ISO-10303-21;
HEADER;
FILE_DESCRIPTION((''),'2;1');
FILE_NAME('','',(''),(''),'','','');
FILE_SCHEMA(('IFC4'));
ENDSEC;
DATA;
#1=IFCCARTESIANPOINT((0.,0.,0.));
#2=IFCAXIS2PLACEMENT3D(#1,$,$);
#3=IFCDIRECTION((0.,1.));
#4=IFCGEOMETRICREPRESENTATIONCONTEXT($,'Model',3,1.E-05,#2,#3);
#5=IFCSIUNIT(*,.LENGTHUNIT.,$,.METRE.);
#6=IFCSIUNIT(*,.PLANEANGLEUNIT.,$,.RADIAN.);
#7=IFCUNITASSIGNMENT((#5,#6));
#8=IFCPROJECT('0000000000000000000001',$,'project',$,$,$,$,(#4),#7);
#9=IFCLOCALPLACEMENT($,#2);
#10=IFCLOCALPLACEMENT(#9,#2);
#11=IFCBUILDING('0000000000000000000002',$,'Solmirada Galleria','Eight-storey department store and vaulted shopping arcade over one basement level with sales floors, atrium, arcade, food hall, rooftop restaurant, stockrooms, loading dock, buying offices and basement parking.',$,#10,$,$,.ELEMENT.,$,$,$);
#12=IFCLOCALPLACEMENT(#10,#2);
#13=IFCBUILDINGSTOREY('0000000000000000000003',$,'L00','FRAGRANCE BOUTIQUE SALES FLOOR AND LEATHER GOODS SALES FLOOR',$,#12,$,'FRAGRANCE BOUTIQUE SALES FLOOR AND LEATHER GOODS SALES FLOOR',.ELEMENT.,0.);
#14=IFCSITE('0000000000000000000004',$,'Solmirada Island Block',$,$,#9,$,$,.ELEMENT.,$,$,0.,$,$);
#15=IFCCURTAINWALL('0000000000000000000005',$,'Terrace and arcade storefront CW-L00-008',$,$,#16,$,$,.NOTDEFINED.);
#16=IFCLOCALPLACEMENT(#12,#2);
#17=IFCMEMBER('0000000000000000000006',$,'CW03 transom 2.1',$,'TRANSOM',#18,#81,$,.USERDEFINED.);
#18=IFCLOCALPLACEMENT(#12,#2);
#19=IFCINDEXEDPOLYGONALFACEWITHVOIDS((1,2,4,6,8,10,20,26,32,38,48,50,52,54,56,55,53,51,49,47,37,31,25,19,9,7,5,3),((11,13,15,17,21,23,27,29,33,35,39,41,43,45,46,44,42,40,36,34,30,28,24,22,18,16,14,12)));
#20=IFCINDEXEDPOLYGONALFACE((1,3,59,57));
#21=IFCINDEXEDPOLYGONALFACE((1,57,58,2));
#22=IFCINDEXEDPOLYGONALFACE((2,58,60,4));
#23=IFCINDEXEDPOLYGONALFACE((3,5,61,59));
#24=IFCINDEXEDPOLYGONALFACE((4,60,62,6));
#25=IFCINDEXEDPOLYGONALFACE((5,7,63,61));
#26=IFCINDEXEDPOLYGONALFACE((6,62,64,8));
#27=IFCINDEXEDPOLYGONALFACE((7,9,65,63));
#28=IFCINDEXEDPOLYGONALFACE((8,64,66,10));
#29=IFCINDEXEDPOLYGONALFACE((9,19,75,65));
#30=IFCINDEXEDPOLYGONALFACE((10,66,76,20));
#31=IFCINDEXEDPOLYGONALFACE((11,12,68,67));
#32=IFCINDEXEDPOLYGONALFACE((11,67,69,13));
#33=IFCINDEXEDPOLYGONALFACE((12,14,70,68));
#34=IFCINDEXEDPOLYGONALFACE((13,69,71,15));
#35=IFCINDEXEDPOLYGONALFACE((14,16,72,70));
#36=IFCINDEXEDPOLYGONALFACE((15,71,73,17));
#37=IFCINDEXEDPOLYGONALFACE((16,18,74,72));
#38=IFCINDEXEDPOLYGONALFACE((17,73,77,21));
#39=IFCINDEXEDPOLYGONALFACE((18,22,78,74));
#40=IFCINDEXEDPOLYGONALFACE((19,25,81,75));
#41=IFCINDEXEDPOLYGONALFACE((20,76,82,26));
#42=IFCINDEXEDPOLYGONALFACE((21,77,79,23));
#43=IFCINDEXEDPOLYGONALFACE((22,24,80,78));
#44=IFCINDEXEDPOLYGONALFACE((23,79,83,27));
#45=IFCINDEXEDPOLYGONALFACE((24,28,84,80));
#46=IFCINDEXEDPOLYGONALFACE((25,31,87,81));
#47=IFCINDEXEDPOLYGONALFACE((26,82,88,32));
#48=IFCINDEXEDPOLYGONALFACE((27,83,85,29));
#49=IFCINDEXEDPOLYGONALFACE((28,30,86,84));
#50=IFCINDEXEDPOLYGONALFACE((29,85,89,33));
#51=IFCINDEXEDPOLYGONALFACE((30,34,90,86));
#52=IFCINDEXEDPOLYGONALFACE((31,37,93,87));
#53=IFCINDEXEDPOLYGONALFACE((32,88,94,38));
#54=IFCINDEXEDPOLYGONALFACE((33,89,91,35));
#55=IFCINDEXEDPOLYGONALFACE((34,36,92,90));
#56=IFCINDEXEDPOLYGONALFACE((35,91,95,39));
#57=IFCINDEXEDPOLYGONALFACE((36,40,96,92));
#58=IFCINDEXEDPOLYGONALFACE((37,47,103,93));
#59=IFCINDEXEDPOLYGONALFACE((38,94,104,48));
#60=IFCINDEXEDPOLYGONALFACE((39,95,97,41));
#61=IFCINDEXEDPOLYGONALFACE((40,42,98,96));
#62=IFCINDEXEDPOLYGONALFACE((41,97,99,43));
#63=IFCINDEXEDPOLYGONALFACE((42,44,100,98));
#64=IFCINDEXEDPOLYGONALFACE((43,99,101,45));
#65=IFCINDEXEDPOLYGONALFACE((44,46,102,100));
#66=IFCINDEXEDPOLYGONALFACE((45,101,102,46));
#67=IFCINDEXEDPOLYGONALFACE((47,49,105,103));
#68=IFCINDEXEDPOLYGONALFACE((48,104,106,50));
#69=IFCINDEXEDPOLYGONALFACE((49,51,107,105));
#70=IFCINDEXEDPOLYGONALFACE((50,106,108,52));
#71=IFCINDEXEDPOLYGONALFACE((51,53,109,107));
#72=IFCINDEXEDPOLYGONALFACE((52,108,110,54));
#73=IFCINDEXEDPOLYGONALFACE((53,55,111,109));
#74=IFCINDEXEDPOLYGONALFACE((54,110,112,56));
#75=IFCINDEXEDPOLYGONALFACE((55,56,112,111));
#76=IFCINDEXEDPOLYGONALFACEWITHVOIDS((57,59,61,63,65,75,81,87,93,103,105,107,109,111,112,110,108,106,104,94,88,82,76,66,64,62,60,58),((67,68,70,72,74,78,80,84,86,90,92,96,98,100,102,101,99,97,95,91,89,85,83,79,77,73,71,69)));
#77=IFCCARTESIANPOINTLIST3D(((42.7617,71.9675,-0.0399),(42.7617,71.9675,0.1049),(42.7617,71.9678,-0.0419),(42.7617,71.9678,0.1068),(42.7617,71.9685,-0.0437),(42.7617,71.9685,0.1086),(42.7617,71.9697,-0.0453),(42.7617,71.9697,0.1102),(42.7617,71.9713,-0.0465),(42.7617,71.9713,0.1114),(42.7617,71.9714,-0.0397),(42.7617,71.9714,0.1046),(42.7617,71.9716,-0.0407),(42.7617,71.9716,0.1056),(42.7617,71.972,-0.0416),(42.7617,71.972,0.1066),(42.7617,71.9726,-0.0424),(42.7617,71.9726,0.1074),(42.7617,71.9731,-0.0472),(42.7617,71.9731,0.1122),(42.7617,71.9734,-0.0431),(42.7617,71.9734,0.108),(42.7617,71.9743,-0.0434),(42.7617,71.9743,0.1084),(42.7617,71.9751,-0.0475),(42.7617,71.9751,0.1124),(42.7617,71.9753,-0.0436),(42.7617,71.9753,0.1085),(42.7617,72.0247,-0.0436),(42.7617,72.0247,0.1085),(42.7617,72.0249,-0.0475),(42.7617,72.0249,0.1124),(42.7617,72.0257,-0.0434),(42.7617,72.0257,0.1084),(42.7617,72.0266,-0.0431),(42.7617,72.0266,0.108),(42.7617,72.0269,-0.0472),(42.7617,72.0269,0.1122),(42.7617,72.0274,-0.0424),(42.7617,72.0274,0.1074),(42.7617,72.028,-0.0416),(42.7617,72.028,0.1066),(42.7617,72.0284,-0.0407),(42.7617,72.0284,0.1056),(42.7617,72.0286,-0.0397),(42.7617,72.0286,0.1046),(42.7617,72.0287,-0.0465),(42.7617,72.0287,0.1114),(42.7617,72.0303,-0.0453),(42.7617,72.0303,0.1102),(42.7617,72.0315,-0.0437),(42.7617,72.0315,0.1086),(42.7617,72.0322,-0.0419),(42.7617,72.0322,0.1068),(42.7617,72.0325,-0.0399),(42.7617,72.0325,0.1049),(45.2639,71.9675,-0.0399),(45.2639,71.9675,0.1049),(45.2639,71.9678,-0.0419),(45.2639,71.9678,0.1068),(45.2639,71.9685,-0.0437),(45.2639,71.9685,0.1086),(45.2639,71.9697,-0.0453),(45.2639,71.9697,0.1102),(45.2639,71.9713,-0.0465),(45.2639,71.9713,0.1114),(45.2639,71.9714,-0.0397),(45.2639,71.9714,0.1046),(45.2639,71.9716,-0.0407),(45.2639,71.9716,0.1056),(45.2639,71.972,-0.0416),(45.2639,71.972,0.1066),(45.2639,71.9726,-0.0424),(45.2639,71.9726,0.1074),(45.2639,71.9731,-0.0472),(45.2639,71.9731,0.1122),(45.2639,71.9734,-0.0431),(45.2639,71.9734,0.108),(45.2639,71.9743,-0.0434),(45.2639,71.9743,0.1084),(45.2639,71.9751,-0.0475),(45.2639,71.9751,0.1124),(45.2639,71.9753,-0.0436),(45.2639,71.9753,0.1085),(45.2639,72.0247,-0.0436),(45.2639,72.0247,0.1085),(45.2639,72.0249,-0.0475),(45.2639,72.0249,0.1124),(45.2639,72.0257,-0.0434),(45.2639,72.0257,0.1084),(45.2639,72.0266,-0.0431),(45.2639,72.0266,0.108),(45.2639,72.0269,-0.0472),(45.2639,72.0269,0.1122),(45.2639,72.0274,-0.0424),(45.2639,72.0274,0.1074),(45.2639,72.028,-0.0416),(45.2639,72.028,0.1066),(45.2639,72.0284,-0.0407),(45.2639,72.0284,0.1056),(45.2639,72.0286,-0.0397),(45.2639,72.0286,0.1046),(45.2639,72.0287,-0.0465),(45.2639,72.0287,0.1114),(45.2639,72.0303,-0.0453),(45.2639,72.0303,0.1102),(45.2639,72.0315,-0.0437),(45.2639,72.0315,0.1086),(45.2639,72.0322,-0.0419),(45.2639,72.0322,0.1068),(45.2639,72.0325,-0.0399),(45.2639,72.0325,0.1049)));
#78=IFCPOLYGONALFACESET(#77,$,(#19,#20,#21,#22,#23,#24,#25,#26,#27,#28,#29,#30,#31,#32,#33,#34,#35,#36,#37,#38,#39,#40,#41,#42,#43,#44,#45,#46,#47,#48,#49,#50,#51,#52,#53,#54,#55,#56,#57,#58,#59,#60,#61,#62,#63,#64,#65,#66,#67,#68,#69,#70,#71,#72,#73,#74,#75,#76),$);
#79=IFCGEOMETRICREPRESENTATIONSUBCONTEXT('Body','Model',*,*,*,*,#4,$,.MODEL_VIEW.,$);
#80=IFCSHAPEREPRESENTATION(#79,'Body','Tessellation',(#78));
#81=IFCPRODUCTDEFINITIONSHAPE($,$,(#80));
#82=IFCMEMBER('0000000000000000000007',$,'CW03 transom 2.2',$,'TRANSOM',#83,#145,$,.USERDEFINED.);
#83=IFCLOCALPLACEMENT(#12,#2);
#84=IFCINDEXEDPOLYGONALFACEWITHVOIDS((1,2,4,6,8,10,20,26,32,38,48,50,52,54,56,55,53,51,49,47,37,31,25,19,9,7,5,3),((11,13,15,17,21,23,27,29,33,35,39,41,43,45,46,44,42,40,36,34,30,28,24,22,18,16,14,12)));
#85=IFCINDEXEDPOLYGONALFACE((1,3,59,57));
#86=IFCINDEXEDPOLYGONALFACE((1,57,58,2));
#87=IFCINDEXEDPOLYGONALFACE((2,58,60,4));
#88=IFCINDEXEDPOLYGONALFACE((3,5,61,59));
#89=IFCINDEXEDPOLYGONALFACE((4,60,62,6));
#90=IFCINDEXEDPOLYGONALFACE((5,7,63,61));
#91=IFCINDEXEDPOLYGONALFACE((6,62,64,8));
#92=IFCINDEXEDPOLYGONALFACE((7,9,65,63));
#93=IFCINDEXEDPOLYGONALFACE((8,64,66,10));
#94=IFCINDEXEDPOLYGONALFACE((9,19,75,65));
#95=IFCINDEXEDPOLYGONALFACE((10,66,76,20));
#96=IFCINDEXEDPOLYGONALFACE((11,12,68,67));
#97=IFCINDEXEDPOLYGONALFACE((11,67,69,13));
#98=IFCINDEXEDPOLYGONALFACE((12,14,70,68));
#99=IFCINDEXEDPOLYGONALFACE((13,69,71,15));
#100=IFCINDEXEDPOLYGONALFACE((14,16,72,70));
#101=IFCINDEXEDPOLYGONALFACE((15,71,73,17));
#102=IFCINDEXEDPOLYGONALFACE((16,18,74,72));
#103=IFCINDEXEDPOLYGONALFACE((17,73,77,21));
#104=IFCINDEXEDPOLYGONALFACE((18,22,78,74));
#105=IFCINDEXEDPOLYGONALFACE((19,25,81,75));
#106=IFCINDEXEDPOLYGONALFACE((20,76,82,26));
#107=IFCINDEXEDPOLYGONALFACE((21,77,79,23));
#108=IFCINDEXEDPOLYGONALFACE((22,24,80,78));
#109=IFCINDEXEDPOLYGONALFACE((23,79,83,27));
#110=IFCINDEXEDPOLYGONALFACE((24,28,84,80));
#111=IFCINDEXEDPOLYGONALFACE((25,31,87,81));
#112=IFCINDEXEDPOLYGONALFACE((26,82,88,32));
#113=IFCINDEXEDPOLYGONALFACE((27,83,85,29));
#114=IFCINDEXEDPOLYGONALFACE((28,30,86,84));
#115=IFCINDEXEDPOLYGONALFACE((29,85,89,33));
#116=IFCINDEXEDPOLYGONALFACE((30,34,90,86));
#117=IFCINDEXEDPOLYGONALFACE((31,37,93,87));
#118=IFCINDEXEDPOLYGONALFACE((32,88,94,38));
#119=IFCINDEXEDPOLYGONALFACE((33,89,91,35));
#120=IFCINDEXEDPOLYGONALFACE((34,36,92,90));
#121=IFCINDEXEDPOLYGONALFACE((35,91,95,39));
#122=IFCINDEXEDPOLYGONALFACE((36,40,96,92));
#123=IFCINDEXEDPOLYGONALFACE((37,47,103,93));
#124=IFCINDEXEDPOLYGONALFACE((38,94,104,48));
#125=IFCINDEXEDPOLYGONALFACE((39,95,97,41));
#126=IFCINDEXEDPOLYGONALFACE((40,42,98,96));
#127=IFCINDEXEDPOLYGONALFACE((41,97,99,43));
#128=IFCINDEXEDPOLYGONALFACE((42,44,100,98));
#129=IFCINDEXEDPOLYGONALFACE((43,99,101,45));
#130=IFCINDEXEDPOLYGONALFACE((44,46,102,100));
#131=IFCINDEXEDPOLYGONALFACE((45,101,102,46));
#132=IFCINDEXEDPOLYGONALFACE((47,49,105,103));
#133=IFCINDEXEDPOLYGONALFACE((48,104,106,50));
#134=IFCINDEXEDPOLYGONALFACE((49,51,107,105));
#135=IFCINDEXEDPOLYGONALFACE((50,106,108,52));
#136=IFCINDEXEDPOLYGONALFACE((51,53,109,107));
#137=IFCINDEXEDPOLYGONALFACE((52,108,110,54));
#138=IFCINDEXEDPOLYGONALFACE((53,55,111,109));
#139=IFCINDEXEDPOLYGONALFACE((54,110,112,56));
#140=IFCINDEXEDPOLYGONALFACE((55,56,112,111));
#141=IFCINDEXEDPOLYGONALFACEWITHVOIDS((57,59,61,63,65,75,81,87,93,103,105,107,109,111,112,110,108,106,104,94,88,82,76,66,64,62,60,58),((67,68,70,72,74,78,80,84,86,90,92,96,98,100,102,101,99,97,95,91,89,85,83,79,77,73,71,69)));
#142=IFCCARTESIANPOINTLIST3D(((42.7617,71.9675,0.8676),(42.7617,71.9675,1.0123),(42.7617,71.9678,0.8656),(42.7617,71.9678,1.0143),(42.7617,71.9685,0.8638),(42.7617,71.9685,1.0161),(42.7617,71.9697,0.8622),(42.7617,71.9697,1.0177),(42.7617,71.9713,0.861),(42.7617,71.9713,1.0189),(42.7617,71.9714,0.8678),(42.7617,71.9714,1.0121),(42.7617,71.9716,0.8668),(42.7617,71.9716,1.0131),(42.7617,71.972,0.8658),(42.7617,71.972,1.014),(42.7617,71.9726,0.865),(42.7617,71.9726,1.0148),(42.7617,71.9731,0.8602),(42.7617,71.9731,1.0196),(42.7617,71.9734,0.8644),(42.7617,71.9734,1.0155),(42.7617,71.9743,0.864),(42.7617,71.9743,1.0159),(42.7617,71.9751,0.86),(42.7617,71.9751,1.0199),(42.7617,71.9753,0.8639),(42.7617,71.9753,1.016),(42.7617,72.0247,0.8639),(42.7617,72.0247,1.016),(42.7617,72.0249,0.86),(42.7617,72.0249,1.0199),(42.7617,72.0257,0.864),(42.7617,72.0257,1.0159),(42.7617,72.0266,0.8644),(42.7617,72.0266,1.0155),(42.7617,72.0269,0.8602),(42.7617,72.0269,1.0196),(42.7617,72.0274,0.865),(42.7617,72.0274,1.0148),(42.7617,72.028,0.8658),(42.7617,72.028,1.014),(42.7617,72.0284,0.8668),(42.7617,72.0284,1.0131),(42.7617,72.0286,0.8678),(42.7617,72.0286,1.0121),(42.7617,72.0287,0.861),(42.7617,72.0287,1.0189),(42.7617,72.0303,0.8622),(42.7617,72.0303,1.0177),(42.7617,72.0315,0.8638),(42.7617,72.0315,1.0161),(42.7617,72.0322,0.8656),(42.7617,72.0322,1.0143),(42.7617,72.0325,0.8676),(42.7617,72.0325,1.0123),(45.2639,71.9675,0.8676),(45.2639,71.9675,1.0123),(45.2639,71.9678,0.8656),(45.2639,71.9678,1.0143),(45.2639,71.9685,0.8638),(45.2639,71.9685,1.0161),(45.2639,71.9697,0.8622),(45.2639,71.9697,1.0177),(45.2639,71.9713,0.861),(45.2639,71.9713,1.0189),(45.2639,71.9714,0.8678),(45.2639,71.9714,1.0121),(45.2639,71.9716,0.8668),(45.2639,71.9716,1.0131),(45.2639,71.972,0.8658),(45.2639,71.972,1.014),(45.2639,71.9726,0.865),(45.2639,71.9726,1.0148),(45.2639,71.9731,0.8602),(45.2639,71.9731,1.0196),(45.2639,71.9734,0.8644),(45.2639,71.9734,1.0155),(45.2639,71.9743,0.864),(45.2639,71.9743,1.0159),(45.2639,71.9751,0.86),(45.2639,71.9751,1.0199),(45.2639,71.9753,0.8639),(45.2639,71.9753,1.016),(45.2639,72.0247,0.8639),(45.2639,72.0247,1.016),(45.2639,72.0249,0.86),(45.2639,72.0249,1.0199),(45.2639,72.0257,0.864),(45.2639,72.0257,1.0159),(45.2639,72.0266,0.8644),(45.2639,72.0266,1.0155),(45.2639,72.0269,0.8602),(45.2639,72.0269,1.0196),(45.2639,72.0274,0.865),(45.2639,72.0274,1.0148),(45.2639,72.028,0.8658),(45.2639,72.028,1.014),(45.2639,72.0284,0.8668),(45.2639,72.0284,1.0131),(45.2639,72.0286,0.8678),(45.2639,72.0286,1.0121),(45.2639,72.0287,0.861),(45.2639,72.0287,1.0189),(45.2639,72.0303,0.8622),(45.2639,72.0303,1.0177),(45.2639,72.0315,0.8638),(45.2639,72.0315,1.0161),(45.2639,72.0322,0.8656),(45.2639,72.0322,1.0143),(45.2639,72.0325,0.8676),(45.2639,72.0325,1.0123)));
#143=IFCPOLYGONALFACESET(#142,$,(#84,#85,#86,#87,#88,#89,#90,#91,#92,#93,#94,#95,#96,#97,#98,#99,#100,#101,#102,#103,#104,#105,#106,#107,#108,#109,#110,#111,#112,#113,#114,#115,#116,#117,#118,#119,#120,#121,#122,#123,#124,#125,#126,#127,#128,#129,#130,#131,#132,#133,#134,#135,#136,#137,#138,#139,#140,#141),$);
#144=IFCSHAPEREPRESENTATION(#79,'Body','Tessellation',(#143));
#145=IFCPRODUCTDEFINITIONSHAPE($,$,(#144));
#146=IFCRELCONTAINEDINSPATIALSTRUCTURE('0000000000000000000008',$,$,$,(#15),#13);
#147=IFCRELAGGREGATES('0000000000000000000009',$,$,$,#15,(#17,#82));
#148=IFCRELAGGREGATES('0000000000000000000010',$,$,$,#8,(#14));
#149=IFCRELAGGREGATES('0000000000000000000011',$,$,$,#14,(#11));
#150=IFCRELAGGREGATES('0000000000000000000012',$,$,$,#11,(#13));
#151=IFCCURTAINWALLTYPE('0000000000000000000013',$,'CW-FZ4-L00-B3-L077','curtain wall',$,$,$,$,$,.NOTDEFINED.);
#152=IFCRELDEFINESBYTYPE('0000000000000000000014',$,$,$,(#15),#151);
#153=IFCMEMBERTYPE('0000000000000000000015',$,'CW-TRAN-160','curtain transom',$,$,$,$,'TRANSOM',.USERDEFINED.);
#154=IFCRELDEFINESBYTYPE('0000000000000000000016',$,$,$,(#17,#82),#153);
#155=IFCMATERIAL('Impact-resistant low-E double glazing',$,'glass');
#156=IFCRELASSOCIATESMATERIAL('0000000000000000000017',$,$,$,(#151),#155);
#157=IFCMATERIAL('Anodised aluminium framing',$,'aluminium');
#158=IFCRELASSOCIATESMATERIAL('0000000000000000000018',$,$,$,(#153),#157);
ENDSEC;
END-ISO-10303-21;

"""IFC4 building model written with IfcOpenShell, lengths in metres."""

from ifc_helpers import new_model, si_unit, direction, frame, origin, origin_2d, place, context, subcontext, project, spatial, hollow_rectangle, extrude, material, material_profile, profile_set, type_object, element, aggregate, save


model = new_model("IFC4")

# Units and contexts
model_context = context("Model", 3, precision=1e-05, world=origin(), true_north=direction((0.0, 1.0)))
body_context = subcontext(model_context, "Body", "Model", "MODEL_VIEW")
ifc_project = project(units=[si_unit("LENGTHUNIT", "METRE"), si_unit("PLANEANGLEUNIT", "RADIAN")], contexts=[model_context])

# Site, building, storey
site_placement = place(None, origin())
site = spatial("IfcSite", under=ifc_project, at=site_placement, Name="Solmirada Island Block", CompositionType="ELEMENT", RefElevation=0.0)
building_placement = place(site_placement, origin())
building = spatial("IfcBuilding", under=site, at=building_placement, Name="Solmirada Galleria", Description="Eight-storey department store and vaulted shopping arcade over one basement level with sales floors, atrium, arcade, food hall, rooftop restaurant, stockrooms, loading dock, buying offices and basement parking.", CompositionType="ELEMENT")
storey_placement = place(building_placement, origin())
storey = spatial("IfcBuildingStorey", under=building, at=storey_placement, Name="L00", Description="FRAGRANCE BOUTIQUE SALES FLOOR AND LEATHER GOODS SALES FLOOR", LongName="FRAGRANCE BOUTIQUE SALES FLOOR AND LEATHER GOODS SALES FLOOR", CompositionType="ELEMENT", Elevation=0.0)

# Shared definitions
ifc_material_1 = material(Name="Impact-resistant low-E double glazing", Category="glass")
curtain_wall_type_1 = type_object("IfcCurtainWallType", Name="CW-FZ4-L00-B3-L077", Description="curtain wall", PredefinedType="NOTDEFINED", material=ifc_material_1)
ifc_material_2 = material(Name="Anodised aluminium framing", Category="aluminium")

# Curtain wall
curtain_wall_1_placement = place(storey_placement, origin())
curtain_wall_1 = element("IfcCurtainWall", 1, at=curtain_wall_1_placement, inside=storey, type_object=curtain_wall_type_1, Name="Terrace and arcade storefront CW-L00-008", PredefinedType="NOTDEFINED")

# Members
ifc_material_profile_1 = material_profile(ifc_material_2, hollow_rectangle(XDim=0.0649, YDim=0.1599, WallThickness=0.0039, InnerFilletRadius=0.0039, OuterFilletRadius=0.0076, at=origin_2d()), Name="ALU-TRAN-160X65")
ifc_profile_set_1 = profile_set([ifc_material_profile_1], Name="Anodised aluminium framing")
member_type_1 = type_object("IfcMemberType", Name="CW-TRAN-160", Description="curtain transom", ElementType="TRANSOM", PredefinedType="USERDEFINED", material=ifc_profile_set_1)
member_1_placement = place(storey_placement, frame((45.2639, 72.0, 0.0325), z_axis=(-1.0, 0.0, 0.0), x_axis=(0.0, -1.0, 0.0)))
member_1 = element("IfcMember", 2, at=member_1_placement, type_object=member_type_1, Name="CW03 transom 2.1", ObjectType="TRANSOM", PredefinedType="USERDEFINED", context=body_context, shape_type="SweptSolid", body=[
    extrude(hollow_rectangle(XDim=0.0649, YDim=0.1599, WallThickness=0.0039, InnerFilletRadius=0.0039, OuterFilletRadius=0.0076, at=origin_2d()), origin(), (0.0, 0.0, 1.0), 2.5022),
])
member_2_placement = place(storey_placement, frame((45.2639, 72.0, 0.9399), z_axis=(-1.0, 0.0, 0.0), x_axis=(0.0, -1.0, 0.0)))
member_2 = element("IfcMember", 3, at=member_2_placement, type_object=member_type_1, Name="CW03 transom 2.2", ObjectType="TRANSOM", PredefinedType="USERDEFINED", context=body_context, shape_type="SweptSolid", body=[
    extrude(hollow_rectangle(XDim=0.0649, YDim=0.1599, WallThickness=0.0039, InnerFilletRadius=0.0039, OuterFilletRadius=0.0076, at=origin_2d()), origin(), (0.0, 0.0, 1.0), 2.5022),
])

aggregate(curtain_wall_1, [member_1, member_2])

save(model, "model.ifc")
